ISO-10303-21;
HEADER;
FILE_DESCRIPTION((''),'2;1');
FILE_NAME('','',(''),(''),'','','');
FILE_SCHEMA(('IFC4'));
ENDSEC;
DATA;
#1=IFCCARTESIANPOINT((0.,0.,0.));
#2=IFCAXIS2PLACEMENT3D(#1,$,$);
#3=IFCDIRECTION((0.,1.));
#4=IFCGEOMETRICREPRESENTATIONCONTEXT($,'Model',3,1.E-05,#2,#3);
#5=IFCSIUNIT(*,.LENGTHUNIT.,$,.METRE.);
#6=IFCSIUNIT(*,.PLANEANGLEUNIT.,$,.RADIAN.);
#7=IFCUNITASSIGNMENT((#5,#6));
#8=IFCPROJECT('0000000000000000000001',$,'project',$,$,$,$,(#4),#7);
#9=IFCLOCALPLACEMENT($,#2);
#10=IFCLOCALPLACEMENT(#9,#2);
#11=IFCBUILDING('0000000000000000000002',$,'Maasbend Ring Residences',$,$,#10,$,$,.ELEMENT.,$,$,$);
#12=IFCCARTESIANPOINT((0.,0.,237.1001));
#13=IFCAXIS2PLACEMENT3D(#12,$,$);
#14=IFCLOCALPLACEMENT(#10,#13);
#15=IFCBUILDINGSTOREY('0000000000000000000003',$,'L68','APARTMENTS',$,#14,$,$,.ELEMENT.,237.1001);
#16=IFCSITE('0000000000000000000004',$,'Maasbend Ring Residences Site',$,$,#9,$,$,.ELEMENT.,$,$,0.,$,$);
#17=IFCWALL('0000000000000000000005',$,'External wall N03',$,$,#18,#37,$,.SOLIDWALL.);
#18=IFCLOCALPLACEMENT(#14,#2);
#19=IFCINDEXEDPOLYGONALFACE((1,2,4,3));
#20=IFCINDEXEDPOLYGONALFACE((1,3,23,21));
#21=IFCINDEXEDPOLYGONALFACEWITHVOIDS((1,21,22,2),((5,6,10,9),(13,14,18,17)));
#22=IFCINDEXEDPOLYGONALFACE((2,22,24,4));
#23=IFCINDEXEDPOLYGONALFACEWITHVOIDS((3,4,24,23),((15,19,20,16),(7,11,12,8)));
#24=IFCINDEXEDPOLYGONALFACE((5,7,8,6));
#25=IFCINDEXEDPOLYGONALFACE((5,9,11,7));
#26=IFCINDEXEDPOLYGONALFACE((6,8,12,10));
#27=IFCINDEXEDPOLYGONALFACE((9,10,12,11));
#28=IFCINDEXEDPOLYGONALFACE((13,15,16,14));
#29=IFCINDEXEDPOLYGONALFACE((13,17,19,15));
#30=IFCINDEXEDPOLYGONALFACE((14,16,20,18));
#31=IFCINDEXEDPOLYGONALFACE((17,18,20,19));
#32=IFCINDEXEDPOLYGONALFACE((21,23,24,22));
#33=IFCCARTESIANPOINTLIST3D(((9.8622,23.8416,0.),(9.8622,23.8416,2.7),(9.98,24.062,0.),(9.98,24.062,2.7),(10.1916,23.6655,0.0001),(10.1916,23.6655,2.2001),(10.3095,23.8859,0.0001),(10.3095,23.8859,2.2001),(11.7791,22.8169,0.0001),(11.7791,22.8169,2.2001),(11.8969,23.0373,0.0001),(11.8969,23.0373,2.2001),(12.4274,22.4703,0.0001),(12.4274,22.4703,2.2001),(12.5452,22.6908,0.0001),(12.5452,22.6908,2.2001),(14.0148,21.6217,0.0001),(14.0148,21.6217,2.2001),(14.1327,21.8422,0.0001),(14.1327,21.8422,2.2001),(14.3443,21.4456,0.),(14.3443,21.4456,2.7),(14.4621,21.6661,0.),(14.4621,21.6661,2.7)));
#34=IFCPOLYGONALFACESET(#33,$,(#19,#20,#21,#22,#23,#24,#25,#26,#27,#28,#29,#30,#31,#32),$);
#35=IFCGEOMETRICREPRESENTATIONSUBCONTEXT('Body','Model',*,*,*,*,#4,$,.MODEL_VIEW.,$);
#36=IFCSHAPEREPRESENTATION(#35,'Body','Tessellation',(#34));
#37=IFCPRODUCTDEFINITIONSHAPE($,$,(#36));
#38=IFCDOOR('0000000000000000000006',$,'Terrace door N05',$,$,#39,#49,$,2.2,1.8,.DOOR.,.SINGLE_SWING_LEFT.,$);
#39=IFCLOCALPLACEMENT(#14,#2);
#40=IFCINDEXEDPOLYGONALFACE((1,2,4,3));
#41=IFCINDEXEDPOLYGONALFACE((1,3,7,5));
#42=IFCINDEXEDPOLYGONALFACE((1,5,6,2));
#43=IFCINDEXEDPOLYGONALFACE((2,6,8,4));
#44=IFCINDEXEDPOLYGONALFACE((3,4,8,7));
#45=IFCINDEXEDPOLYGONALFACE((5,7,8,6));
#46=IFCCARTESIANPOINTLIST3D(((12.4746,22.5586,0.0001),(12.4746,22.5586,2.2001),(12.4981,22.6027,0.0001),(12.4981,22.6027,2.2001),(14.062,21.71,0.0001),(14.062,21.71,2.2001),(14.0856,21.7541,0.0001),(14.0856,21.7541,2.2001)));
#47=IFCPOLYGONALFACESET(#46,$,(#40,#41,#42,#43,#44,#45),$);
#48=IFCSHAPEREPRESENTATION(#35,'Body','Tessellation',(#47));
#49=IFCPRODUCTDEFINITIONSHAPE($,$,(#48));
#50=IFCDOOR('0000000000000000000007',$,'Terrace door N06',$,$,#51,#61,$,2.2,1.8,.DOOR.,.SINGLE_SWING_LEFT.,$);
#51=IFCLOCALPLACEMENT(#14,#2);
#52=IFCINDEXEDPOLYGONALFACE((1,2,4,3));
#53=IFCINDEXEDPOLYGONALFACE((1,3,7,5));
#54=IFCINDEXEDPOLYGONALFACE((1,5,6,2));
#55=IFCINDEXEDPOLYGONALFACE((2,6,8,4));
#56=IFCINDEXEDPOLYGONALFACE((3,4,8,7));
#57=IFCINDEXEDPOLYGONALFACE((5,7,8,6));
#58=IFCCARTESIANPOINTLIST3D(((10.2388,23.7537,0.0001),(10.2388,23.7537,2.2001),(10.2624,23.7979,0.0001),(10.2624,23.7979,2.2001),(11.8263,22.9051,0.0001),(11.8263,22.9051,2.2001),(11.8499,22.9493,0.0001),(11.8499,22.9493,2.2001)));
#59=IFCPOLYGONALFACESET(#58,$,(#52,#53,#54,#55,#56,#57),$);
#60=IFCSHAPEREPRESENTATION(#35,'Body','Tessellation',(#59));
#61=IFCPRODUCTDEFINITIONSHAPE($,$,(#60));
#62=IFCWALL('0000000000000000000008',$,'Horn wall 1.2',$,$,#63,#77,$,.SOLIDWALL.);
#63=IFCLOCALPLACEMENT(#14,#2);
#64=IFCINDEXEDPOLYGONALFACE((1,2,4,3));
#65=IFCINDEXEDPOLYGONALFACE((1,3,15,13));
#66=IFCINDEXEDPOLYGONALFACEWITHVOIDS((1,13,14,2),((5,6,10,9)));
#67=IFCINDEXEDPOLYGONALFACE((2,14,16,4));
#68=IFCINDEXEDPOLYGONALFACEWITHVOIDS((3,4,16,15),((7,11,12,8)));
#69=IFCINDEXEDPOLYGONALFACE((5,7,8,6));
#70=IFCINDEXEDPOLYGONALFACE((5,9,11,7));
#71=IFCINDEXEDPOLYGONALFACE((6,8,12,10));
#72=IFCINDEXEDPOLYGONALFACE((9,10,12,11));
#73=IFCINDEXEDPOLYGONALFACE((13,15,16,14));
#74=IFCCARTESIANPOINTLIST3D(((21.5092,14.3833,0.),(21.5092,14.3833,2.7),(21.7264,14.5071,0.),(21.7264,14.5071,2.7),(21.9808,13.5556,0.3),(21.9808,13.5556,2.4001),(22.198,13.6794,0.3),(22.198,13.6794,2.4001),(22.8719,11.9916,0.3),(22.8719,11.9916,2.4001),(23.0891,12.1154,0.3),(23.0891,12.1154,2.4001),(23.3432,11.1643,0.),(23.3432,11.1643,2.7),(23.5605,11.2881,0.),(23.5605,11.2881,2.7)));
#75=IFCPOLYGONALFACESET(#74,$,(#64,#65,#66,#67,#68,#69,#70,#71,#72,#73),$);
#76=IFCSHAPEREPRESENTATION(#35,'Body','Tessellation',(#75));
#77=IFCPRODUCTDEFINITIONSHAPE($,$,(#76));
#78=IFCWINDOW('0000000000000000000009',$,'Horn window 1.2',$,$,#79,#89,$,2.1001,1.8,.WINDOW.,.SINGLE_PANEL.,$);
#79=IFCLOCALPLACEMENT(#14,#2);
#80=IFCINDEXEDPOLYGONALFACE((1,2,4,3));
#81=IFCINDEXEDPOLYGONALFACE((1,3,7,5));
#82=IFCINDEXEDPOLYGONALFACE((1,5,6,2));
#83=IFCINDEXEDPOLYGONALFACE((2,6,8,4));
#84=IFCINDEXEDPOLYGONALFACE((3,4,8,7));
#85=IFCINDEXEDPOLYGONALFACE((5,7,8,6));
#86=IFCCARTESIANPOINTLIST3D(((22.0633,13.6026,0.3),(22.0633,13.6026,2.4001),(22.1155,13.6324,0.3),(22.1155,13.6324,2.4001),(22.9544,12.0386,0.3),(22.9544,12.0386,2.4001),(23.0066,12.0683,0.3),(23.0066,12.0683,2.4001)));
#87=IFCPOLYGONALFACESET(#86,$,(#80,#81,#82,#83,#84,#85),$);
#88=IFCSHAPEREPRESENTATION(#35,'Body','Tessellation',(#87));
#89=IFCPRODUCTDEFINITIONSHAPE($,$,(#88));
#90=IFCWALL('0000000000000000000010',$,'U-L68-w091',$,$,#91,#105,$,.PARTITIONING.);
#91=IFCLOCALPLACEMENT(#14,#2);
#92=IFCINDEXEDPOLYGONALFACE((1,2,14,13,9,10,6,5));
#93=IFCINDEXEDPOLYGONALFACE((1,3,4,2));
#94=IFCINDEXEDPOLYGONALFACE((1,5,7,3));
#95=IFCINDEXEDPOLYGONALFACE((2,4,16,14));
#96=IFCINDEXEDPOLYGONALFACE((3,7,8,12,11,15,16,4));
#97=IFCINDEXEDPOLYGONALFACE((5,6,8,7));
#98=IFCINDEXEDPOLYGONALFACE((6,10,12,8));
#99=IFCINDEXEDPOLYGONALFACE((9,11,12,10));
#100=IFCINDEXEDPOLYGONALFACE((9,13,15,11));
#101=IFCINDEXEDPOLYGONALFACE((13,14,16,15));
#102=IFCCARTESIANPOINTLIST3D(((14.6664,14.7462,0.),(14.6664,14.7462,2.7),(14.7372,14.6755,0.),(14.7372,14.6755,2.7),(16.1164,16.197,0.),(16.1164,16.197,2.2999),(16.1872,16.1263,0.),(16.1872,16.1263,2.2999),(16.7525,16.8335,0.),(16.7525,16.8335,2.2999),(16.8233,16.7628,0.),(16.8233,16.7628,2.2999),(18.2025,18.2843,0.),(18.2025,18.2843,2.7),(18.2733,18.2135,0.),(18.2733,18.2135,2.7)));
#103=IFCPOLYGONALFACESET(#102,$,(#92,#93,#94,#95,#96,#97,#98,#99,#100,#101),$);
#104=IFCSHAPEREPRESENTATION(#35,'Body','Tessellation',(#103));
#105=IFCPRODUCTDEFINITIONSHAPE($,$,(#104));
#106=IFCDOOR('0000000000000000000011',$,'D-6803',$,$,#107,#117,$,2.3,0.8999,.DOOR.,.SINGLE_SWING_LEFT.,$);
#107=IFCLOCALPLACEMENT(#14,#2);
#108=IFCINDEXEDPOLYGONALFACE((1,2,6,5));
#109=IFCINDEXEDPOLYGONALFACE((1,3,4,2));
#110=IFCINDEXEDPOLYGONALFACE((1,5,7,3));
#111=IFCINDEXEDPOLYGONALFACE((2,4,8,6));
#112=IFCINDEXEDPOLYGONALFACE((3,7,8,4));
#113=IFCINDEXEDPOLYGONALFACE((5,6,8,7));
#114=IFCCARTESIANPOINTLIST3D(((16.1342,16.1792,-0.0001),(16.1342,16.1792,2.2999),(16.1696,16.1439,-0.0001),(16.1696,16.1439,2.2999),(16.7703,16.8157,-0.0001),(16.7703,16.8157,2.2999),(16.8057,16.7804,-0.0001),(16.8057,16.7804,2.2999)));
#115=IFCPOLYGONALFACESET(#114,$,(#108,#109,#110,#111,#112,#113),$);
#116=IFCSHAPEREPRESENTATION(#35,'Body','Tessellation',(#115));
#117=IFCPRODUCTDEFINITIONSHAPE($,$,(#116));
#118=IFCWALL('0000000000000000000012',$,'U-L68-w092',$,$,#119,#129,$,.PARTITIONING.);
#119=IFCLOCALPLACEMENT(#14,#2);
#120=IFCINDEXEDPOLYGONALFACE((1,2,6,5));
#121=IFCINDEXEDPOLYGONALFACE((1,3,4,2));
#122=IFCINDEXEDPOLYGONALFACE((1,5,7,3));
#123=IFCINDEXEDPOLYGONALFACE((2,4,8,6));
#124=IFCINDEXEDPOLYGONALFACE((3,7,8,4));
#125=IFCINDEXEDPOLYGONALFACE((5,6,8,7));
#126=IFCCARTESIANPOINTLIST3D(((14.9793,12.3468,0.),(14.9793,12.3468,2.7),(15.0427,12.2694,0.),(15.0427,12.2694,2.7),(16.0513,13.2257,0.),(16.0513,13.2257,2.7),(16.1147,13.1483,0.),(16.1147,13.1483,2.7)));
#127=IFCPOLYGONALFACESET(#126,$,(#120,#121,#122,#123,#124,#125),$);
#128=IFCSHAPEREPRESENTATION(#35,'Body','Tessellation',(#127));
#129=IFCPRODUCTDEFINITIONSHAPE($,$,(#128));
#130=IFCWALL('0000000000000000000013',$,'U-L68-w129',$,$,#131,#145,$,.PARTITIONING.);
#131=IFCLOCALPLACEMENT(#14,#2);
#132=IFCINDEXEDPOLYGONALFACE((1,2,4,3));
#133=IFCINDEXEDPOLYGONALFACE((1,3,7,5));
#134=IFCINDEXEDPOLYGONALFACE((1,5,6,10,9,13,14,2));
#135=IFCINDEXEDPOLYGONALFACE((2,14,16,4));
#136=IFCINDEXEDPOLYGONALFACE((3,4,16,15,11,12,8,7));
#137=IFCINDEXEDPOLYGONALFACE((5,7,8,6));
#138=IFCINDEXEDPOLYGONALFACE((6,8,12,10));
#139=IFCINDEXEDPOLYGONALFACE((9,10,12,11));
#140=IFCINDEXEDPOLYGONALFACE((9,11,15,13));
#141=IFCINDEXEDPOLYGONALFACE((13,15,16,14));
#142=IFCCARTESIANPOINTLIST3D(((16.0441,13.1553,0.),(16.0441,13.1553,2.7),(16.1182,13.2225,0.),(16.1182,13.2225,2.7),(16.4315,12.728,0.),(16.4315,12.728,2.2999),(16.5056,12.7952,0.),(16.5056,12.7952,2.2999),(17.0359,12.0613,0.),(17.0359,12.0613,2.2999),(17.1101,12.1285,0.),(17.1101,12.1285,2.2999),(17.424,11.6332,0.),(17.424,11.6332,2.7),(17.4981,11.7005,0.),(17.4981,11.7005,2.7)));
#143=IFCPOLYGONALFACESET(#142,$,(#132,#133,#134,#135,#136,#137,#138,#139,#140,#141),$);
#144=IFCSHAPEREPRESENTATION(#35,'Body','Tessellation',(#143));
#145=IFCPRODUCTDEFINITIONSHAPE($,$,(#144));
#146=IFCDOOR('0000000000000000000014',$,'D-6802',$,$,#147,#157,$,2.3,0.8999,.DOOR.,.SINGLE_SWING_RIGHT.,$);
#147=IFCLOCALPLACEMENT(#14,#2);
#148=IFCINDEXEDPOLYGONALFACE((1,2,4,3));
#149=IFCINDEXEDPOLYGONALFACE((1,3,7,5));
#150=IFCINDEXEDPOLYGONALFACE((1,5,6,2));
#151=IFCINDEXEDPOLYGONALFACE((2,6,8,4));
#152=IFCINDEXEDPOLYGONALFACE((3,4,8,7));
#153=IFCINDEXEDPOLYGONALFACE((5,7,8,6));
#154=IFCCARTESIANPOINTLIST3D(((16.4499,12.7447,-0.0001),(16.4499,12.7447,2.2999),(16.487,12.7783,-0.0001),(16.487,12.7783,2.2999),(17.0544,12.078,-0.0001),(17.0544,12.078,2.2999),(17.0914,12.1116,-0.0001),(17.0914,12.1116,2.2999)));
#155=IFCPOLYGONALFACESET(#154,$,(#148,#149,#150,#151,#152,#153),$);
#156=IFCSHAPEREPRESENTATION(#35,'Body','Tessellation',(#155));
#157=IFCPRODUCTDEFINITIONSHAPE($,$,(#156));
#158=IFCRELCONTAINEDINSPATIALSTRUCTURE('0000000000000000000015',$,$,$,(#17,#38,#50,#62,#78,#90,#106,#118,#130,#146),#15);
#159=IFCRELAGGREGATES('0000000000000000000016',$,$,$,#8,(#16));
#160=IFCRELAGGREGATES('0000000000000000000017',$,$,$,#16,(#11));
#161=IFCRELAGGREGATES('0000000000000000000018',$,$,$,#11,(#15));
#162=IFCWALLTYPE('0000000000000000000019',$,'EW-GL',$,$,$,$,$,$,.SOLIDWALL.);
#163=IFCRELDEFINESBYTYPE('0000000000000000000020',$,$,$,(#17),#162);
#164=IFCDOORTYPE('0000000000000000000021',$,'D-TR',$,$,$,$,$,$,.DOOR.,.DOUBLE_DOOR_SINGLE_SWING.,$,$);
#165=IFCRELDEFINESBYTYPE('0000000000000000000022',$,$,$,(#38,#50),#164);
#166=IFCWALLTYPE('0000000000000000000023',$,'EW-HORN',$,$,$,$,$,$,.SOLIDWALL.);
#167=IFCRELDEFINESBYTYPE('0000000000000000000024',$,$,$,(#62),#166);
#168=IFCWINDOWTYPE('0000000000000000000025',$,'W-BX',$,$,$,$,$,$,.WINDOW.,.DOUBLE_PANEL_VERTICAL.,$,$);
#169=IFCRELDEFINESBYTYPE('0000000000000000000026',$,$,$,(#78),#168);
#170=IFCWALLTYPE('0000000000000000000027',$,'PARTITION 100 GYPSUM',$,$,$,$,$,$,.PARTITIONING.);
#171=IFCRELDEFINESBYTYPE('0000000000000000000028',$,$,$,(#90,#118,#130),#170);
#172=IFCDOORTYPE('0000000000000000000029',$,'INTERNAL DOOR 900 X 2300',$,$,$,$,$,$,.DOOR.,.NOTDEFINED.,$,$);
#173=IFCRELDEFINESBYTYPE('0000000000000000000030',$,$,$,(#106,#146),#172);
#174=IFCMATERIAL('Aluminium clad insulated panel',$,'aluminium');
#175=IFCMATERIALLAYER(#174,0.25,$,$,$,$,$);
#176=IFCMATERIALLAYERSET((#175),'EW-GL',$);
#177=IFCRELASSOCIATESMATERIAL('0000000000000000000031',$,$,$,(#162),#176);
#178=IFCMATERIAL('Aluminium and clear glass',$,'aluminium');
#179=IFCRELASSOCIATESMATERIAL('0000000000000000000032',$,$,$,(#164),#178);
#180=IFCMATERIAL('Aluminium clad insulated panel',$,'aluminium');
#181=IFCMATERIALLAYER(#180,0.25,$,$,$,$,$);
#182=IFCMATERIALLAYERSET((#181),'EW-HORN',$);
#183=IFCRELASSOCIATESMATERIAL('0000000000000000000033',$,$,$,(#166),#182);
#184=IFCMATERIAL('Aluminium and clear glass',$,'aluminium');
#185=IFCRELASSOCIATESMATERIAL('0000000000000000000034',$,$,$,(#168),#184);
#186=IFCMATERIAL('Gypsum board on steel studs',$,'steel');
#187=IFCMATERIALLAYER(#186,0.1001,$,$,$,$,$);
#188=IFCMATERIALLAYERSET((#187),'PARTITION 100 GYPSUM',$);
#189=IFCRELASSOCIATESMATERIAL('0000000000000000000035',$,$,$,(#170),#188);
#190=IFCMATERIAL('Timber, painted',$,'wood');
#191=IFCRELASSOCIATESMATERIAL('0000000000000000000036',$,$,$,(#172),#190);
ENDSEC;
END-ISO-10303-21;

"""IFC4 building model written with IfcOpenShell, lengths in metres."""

from ifc_helpers import new_model, si_unit, direction, frame, frame_2d, origin, place, context, subcontext, project, spatial, rectangle, extrude, material, layer, layer_set, type_object, element, fill, save


model = new_model("IFC4")

# Units and contexts
model_context = context("Model", 3, precision=1e-05, world=origin(), true_north=direction((0.0, 1.0)))
body_context = subcontext(model_context, "Body", "Model", "MODEL_VIEW")
ifc_project = project(units=[si_unit("LENGTHUNIT", "METRE"), si_unit("PLANEANGLEUNIT", "RADIAN")], contexts=[model_context])

# Site, building, storey
site_placement = place(None, origin())
site = spatial("IfcSite", under=ifc_project, at=site_placement, Name="Maasbend Ring Residences Site", CompositionType="ELEMENT", RefElevation=0.0)
building_placement = place(site_placement, origin())
building = spatial("IfcBuilding", under=site, at=building_placement, Name="Maasbend Ring Residences", CompositionType="ELEMENT")
storey_placement = place(building_placement, frame((0.0, 0.0, 237.1001)))
storey = spatial("IfcBuildingStorey", under=building, at=storey_placement, Name="L68", Description="APARTMENTS", CompositionType="ELEMENT", Elevation=237.1001)

# Wall, openings, doors
ifc_material_1 = material(Name="Aluminium clad insulated panel", Category="aluminium")
ifc_layer_1 = layer(ifc_material_1, 0.25)
ifc_layer_set_1 = layer_set([ifc_layer_1], Name="EW-GL")
wall_type_1 = type_object("IfcWallType", Name="EW-GL", PredefinedType="SOLIDWALL", material=ifc_layer_set_1)
ifc_material_2 = material(Name="Aluminium and clear glass", Category="aluminium")
door_type_1 = type_object("IfcDoorType", Name="D-TR", OperationType="DOUBLE_DOOR_SINGLE_SWING", PredefinedType="DOOR", material=ifc_material_2)
wall_1_placement = place(storey_placement, frame((14.4031, 21.5559, 0.0), z_axis=(0.0, 0.0, 1.0), x_axis=(-0.881903, 0.471431, 0.0)))
wall_1 = element("IfcWall", 1, at=wall_1_placement, inside=storey, type_object=wall_type_1, Name="External wall N03", PredefinedType="SOLIDWALL", context=body_context, shape_type="SweptSolid", body=[
    extrude(rectangle(XDim=5.0823, YDim=0.25, at=frame_2d((2.541, 0.0))), origin(), (0.0, 0.0, 1.0), 2.7),
])
opening_1_placement = place(wall_1_placement, frame((0.3735, 0.0, 0.0)))
opening_1 = element("IfcOpeningElement", 2, at=opening_1_placement, cuts=wall_1, PredefinedType="OPENING", context=body_context, shape_type="SweptSolid", body=[
    extrude(rectangle(XDim=1.8, YDim=2.2, at=frame_2d((0.8999, 1.1001))), frame((0.0, 0.135, 0.0), z_axis=(0.0, -1.0, 0.0), x_axis=(1.0, 0.0, 0.0)), (0.0, 0.0, 1.0), 0.27),
])
opening_2_placement = place(wall_1_placement, frame((2.9087, 0.0, 0.0)))
opening_2 = element("IfcOpeningElement", 3, at=opening_2_placement, cuts=wall_1, PredefinedType="OPENING", context=body_context, shape_type="SweptSolid", body=[
    extrude(rectangle(XDim=1.8, YDim=2.2, at=frame_2d((0.8999, 1.1001))), frame((0.0, 0.135, 0.0), z_axis=(0.0, -1.0, 0.0), x_axis=(1.0, 0.0, 0.0)), (0.0, 0.0, 1.0), 0.27),
])
door_1_placement = place(opening_1_placement, origin())
door_1 = element("IfcDoor", 4, at=door_1_placement, inside=storey, type_object=door_type_1, Name="Terrace door N05", OperationType="SINGLE_SWING_LEFT", OverallHeight=2.2, OverallWidth=1.8, PredefinedType="DOOR", context=body_context, shape_type="SweptSolid", body=[
    extrude(rectangle(XDim=1.8, YDim=2.2, at=frame_2d((0.8999, 1.1001))), frame((0.0, 0.0249, 0.0), z_axis=(0.0, -1.0, 0.0), x_axis=(1.0, 0.0, 0.0)), (0.0, 0.0, 1.0), 0.05),
])
fill(opening_1, door_1)
door_2_placement = place(opening_2_placement, origin())
door_2 = element("IfcDoor", 5, at=door_2_placement, inside=storey, type_object=door_type_1, Name="Terrace door N06", OperationType="SINGLE_SWING_LEFT", OverallHeight=2.2, OverallWidth=1.8, PredefinedType="DOOR", context=body_context, shape_type="SweptSolid", body=[
    extrude(rectangle(XDim=1.8, YDim=2.2, at=frame_2d((0.8999, 1.1001))), frame((0.0, 0.0249, 0.0), z_axis=(0.0, -1.0, 0.0), x_axis=(1.0, 0.0, 0.0)), (0.0, 0.0, 1.0), 0.05),
])
fill(opening_2, door_2)

# Wall, opening, window
ifc_material_3 = material(Name="Aluminium clad insulated panel", Category="aluminium")
ifc_layer_2 = layer(ifc_material_3, 0.25)
ifc_layer_set_2 = layer_set([ifc_layer_2], Name="EW-HORN")
wall_type_2 = type_object("IfcWallType", Name="EW-HORN", PredefinedType="SOLIDWALL", material=ifc_layer_set_2)
wall_2_placement = place(storey_placement, frame((23.4519, 11.2261, 0.0), z_axis=(0.0, 0.0, 1.0), x_axis=(-0.495031, 0.868875, 0.0)))
wall_2 = element("IfcWall", 6, at=wall_2_placement, inside=storey, type_object=wall_type_2, Name="Horn wall 1.2", PredefinedType="SOLIDWALL", context=body_context, shape_type="SweptSolid", body=[
    extrude(rectangle(XDim=3.7048, YDim=0.25, at=frame_2d((1.8525, 0.0))), origin(), (0.0, 0.0, 1.0), 2.7),
])
opening_3_placement = place(wall_2_placement, frame((0.9524, 0.0, 0.3)))
opening_3 = element("IfcOpeningElement", 7, at=opening_3_placement, cuts=wall_2, PredefinedType="OPENING", context=body_context, shape_type="SweptSolid", body=[
    extrude(rectangle(XDim=1.8, YDim=2.1001, at=frame_2d((0.8999, 1.05))), frame((0.0, 0.135, 0.0), z_axis=(0.0, -1.0, 0.0), x_axis=(1.0, 0.0, 0.0)), (0.0, 0.0, 1.0), 0.27),
])
ifc_material_4 = material(Name="Aluminium and clear glass", Category="aluminium")
window_type = type_object("IfcWindowType", Name="W-BX", PartitioningType="DOUBLE_PANEL_VERTICAL", PredefinedType="WINDOW", material=ifc_material_4)
window_placement = place(opening_3_placement, origin())
window = element("IfcWindow", 8, at=window_placement, inside=storey, type_object=window_type, Name="Horn window 1.2", OverallHeight=2.1001, OverallWidth=1.8, PartitioningType="SINGLE_PANEL", PredefinedType="WINDOW", context=body_context, shape_type="SweptSolid", body=[
    extrude(rectangle(XDim=1.8, YDim=2.1001, at=frame_2d((0.8999, 1.05))), frame((0.0, 0.03, 0.0), z_axis=(0.0, -1.0, 0.0), x_axis=(1.0, 0.0, 0.0)), (0.0, 0.0, 1.0), 0.0601),
])
fill(opening_3, window)

# Wall, opening, door
ifc_material_5 = material(Name="Gypsum board on steel studs", Category="steel")
ifc_layer_3 = layer(ifc_material_5, 0.1001)
ifc_layer_set_3 = layer_set([ifc_layer_3], Name="PARTITION 100 GYPSUM")
wall_type_3 = type_object("IfcWallType", Name="PARTITION 100 GYPSUM", PredefinedType="PARTITIONING", material=ifc_layer_set_3)
wall_3_placement = place(storey_placement, frame((14.7019, 14.7109, 0.0), z_axis=(0.0, 0.0, 1.0), x_axis=(0.706912, 0.707302, 0.0)))
wall_3 = element("IfcWall", 9, at=wall_3_placement, inside=storey, type_object=wall_type_3, Name="U-L68-w091", PredefinedType="PARTITIONING", context=body_context, shape_type="SweptSolid", body=[
    extrude(rectangle(XDim=5.0022, YDim=0.1001, at=frame_2d((2.501, 0.0))), origin(), (0.0, 0.0, 1.0), 2.7),
])
opening_4_placement = place(wall_3_placement, frame((2.051, 0.0, 0.0)))
opening_4 = element("IfcOpeningElement", 10, at=opening_4_placement, cuts=wall_3, PredefinedType="OPENING", context=body_context, shape_type="SweptSolid", body=[
    extrude(rectangle(XDim=0.8999, YDim=2.3, at=frame_2d((0.45, 1.1499))), frame((0.0, 0.0601, 0.0), z_axis=(0.0, -1.0, 0.0), x_axis=(1.0, 0.0, 0.0)), (0.0, 0.0, 1.0), 0.1201),
])
ifc_material_6 = material(Name="Timber, painted", Category="wood")
door_type_2 = type_object("IfcDoorType", Name="INTERNAL DOOR 900 X 2300", OperationType="NOTDEFINED", PredefinedType="DOOR", material=ifc_material_6)
door_3_placement = place(opening_4_placement, origin())
door_3 = element("IfcDoor", 11, at=door_3_placement, inside=storey, type_object=door_type_2, Name="D-6803", OperationType="SINGLE_SWING_LEFT", OverallHeight=2.3, OverallWidth=0.8999, PredefinedType="DOOR", context=body_context, shape_type="SweptSolid", body=[
    extrude(rectangle(XDim=0.8999, YDim=2.3, at=frame_2d((0.45, 1.1499))), frame((0.0, 0.0249, 0.0), z_axis=(0.0, -1.0, 0.0), x_axis=(1.0, 0.0, 0.0)), (0.0, 0.0, 1.0), 0.05),
])
fill(opening_4, door_3)

# Wall
wall_4_placement = place(storey_placement, frame((15.011, 12.3081, 0.0), z_axis=(0.0, 0.0, 1.0), x_axis=(0.773321, 0.634014, 0.0)))
element("IfcWall", 12, at=wall_4_placement, inside=storey, type_object=wall_type_3, Name="U-L68-w092", PredefinedType="PARTITIONING", context=body_context, shape_type="SweptSolid", body=[
    extrude(rectangle(XDim=1.3862, YDim=0.1001, at=frame_2d((0.6931, 0.0))), origin(), (0.0, 0.0, 1.0), 2.7),
])

# Wall, opening, door
wall_5_placement = place(storey_placement, frame((16.0811, 13.189, 0.0), z_axis=(0.0, 0.0, 1.0), x_axis=(0.671678, -0.740843, 0.0)))
wall_5 = element("IfcWall", 13, at=wall_5_placement, inside=storey, type_object=wall_type_3, Name="U-L68-w129", PredefinedType="PARTITIONING", context=body_context, shape_type="SweptSolid", body=[
    extrude(rectangle(XDim=2.0544, YDim=0.1001, at=frame_2d((1.0273, 0.0))), origin(), (0.0, 0.0, 1.0), 2.7),
])
opening_5_placement = place(wall_5_placement, frame((0.5769, 0.0, 0.0)))
opening_5 = element("IfcOpeningElement", 14, at=opening_5_placement, cuts=wall_5, PredefinedType="OPENING", context=body_context, shape_type="SweptSolid", body=[
    extrude(rectangle(XDim=0.8999, YDim=2.3, at=frame_2d((0.45, 1.1499))), frame((0.0, 0.0601, 0.0), z_axis=(0.0, -1.0, 0.0), x_axis=(1.0, 0.0, 0.0)), (0.0, 0.0, 1.0), 0.1201),
])
door_4_placement = place(opening_5_placement, origin())
door_4 = element("IfcDoor", 15, at=door_4_placement, inside=storey, type_object=door_type_2, Name="D-6802", OperationType="SINGLE_SWING_RIGHT", OverallHeight=2.3, OverallWidth=0.8999, PredefinedType="DOOR", context=body_context, shape_type="SweptSolid", body=[
    extrude(rectangle(XDim=0.8999, YDim=2.3, at=frame_2d((0.45, 1.1499))), frame((0.0, 0.0249, 0.0), z_axis=(0.0, -1.0, 0.0), x_axis=(1.0, 0.0, 0.0)), (0.0, 0.0, 1.0), 0.05),
])
fill(opening_5, door_4)

save(model, "model.ifc")
